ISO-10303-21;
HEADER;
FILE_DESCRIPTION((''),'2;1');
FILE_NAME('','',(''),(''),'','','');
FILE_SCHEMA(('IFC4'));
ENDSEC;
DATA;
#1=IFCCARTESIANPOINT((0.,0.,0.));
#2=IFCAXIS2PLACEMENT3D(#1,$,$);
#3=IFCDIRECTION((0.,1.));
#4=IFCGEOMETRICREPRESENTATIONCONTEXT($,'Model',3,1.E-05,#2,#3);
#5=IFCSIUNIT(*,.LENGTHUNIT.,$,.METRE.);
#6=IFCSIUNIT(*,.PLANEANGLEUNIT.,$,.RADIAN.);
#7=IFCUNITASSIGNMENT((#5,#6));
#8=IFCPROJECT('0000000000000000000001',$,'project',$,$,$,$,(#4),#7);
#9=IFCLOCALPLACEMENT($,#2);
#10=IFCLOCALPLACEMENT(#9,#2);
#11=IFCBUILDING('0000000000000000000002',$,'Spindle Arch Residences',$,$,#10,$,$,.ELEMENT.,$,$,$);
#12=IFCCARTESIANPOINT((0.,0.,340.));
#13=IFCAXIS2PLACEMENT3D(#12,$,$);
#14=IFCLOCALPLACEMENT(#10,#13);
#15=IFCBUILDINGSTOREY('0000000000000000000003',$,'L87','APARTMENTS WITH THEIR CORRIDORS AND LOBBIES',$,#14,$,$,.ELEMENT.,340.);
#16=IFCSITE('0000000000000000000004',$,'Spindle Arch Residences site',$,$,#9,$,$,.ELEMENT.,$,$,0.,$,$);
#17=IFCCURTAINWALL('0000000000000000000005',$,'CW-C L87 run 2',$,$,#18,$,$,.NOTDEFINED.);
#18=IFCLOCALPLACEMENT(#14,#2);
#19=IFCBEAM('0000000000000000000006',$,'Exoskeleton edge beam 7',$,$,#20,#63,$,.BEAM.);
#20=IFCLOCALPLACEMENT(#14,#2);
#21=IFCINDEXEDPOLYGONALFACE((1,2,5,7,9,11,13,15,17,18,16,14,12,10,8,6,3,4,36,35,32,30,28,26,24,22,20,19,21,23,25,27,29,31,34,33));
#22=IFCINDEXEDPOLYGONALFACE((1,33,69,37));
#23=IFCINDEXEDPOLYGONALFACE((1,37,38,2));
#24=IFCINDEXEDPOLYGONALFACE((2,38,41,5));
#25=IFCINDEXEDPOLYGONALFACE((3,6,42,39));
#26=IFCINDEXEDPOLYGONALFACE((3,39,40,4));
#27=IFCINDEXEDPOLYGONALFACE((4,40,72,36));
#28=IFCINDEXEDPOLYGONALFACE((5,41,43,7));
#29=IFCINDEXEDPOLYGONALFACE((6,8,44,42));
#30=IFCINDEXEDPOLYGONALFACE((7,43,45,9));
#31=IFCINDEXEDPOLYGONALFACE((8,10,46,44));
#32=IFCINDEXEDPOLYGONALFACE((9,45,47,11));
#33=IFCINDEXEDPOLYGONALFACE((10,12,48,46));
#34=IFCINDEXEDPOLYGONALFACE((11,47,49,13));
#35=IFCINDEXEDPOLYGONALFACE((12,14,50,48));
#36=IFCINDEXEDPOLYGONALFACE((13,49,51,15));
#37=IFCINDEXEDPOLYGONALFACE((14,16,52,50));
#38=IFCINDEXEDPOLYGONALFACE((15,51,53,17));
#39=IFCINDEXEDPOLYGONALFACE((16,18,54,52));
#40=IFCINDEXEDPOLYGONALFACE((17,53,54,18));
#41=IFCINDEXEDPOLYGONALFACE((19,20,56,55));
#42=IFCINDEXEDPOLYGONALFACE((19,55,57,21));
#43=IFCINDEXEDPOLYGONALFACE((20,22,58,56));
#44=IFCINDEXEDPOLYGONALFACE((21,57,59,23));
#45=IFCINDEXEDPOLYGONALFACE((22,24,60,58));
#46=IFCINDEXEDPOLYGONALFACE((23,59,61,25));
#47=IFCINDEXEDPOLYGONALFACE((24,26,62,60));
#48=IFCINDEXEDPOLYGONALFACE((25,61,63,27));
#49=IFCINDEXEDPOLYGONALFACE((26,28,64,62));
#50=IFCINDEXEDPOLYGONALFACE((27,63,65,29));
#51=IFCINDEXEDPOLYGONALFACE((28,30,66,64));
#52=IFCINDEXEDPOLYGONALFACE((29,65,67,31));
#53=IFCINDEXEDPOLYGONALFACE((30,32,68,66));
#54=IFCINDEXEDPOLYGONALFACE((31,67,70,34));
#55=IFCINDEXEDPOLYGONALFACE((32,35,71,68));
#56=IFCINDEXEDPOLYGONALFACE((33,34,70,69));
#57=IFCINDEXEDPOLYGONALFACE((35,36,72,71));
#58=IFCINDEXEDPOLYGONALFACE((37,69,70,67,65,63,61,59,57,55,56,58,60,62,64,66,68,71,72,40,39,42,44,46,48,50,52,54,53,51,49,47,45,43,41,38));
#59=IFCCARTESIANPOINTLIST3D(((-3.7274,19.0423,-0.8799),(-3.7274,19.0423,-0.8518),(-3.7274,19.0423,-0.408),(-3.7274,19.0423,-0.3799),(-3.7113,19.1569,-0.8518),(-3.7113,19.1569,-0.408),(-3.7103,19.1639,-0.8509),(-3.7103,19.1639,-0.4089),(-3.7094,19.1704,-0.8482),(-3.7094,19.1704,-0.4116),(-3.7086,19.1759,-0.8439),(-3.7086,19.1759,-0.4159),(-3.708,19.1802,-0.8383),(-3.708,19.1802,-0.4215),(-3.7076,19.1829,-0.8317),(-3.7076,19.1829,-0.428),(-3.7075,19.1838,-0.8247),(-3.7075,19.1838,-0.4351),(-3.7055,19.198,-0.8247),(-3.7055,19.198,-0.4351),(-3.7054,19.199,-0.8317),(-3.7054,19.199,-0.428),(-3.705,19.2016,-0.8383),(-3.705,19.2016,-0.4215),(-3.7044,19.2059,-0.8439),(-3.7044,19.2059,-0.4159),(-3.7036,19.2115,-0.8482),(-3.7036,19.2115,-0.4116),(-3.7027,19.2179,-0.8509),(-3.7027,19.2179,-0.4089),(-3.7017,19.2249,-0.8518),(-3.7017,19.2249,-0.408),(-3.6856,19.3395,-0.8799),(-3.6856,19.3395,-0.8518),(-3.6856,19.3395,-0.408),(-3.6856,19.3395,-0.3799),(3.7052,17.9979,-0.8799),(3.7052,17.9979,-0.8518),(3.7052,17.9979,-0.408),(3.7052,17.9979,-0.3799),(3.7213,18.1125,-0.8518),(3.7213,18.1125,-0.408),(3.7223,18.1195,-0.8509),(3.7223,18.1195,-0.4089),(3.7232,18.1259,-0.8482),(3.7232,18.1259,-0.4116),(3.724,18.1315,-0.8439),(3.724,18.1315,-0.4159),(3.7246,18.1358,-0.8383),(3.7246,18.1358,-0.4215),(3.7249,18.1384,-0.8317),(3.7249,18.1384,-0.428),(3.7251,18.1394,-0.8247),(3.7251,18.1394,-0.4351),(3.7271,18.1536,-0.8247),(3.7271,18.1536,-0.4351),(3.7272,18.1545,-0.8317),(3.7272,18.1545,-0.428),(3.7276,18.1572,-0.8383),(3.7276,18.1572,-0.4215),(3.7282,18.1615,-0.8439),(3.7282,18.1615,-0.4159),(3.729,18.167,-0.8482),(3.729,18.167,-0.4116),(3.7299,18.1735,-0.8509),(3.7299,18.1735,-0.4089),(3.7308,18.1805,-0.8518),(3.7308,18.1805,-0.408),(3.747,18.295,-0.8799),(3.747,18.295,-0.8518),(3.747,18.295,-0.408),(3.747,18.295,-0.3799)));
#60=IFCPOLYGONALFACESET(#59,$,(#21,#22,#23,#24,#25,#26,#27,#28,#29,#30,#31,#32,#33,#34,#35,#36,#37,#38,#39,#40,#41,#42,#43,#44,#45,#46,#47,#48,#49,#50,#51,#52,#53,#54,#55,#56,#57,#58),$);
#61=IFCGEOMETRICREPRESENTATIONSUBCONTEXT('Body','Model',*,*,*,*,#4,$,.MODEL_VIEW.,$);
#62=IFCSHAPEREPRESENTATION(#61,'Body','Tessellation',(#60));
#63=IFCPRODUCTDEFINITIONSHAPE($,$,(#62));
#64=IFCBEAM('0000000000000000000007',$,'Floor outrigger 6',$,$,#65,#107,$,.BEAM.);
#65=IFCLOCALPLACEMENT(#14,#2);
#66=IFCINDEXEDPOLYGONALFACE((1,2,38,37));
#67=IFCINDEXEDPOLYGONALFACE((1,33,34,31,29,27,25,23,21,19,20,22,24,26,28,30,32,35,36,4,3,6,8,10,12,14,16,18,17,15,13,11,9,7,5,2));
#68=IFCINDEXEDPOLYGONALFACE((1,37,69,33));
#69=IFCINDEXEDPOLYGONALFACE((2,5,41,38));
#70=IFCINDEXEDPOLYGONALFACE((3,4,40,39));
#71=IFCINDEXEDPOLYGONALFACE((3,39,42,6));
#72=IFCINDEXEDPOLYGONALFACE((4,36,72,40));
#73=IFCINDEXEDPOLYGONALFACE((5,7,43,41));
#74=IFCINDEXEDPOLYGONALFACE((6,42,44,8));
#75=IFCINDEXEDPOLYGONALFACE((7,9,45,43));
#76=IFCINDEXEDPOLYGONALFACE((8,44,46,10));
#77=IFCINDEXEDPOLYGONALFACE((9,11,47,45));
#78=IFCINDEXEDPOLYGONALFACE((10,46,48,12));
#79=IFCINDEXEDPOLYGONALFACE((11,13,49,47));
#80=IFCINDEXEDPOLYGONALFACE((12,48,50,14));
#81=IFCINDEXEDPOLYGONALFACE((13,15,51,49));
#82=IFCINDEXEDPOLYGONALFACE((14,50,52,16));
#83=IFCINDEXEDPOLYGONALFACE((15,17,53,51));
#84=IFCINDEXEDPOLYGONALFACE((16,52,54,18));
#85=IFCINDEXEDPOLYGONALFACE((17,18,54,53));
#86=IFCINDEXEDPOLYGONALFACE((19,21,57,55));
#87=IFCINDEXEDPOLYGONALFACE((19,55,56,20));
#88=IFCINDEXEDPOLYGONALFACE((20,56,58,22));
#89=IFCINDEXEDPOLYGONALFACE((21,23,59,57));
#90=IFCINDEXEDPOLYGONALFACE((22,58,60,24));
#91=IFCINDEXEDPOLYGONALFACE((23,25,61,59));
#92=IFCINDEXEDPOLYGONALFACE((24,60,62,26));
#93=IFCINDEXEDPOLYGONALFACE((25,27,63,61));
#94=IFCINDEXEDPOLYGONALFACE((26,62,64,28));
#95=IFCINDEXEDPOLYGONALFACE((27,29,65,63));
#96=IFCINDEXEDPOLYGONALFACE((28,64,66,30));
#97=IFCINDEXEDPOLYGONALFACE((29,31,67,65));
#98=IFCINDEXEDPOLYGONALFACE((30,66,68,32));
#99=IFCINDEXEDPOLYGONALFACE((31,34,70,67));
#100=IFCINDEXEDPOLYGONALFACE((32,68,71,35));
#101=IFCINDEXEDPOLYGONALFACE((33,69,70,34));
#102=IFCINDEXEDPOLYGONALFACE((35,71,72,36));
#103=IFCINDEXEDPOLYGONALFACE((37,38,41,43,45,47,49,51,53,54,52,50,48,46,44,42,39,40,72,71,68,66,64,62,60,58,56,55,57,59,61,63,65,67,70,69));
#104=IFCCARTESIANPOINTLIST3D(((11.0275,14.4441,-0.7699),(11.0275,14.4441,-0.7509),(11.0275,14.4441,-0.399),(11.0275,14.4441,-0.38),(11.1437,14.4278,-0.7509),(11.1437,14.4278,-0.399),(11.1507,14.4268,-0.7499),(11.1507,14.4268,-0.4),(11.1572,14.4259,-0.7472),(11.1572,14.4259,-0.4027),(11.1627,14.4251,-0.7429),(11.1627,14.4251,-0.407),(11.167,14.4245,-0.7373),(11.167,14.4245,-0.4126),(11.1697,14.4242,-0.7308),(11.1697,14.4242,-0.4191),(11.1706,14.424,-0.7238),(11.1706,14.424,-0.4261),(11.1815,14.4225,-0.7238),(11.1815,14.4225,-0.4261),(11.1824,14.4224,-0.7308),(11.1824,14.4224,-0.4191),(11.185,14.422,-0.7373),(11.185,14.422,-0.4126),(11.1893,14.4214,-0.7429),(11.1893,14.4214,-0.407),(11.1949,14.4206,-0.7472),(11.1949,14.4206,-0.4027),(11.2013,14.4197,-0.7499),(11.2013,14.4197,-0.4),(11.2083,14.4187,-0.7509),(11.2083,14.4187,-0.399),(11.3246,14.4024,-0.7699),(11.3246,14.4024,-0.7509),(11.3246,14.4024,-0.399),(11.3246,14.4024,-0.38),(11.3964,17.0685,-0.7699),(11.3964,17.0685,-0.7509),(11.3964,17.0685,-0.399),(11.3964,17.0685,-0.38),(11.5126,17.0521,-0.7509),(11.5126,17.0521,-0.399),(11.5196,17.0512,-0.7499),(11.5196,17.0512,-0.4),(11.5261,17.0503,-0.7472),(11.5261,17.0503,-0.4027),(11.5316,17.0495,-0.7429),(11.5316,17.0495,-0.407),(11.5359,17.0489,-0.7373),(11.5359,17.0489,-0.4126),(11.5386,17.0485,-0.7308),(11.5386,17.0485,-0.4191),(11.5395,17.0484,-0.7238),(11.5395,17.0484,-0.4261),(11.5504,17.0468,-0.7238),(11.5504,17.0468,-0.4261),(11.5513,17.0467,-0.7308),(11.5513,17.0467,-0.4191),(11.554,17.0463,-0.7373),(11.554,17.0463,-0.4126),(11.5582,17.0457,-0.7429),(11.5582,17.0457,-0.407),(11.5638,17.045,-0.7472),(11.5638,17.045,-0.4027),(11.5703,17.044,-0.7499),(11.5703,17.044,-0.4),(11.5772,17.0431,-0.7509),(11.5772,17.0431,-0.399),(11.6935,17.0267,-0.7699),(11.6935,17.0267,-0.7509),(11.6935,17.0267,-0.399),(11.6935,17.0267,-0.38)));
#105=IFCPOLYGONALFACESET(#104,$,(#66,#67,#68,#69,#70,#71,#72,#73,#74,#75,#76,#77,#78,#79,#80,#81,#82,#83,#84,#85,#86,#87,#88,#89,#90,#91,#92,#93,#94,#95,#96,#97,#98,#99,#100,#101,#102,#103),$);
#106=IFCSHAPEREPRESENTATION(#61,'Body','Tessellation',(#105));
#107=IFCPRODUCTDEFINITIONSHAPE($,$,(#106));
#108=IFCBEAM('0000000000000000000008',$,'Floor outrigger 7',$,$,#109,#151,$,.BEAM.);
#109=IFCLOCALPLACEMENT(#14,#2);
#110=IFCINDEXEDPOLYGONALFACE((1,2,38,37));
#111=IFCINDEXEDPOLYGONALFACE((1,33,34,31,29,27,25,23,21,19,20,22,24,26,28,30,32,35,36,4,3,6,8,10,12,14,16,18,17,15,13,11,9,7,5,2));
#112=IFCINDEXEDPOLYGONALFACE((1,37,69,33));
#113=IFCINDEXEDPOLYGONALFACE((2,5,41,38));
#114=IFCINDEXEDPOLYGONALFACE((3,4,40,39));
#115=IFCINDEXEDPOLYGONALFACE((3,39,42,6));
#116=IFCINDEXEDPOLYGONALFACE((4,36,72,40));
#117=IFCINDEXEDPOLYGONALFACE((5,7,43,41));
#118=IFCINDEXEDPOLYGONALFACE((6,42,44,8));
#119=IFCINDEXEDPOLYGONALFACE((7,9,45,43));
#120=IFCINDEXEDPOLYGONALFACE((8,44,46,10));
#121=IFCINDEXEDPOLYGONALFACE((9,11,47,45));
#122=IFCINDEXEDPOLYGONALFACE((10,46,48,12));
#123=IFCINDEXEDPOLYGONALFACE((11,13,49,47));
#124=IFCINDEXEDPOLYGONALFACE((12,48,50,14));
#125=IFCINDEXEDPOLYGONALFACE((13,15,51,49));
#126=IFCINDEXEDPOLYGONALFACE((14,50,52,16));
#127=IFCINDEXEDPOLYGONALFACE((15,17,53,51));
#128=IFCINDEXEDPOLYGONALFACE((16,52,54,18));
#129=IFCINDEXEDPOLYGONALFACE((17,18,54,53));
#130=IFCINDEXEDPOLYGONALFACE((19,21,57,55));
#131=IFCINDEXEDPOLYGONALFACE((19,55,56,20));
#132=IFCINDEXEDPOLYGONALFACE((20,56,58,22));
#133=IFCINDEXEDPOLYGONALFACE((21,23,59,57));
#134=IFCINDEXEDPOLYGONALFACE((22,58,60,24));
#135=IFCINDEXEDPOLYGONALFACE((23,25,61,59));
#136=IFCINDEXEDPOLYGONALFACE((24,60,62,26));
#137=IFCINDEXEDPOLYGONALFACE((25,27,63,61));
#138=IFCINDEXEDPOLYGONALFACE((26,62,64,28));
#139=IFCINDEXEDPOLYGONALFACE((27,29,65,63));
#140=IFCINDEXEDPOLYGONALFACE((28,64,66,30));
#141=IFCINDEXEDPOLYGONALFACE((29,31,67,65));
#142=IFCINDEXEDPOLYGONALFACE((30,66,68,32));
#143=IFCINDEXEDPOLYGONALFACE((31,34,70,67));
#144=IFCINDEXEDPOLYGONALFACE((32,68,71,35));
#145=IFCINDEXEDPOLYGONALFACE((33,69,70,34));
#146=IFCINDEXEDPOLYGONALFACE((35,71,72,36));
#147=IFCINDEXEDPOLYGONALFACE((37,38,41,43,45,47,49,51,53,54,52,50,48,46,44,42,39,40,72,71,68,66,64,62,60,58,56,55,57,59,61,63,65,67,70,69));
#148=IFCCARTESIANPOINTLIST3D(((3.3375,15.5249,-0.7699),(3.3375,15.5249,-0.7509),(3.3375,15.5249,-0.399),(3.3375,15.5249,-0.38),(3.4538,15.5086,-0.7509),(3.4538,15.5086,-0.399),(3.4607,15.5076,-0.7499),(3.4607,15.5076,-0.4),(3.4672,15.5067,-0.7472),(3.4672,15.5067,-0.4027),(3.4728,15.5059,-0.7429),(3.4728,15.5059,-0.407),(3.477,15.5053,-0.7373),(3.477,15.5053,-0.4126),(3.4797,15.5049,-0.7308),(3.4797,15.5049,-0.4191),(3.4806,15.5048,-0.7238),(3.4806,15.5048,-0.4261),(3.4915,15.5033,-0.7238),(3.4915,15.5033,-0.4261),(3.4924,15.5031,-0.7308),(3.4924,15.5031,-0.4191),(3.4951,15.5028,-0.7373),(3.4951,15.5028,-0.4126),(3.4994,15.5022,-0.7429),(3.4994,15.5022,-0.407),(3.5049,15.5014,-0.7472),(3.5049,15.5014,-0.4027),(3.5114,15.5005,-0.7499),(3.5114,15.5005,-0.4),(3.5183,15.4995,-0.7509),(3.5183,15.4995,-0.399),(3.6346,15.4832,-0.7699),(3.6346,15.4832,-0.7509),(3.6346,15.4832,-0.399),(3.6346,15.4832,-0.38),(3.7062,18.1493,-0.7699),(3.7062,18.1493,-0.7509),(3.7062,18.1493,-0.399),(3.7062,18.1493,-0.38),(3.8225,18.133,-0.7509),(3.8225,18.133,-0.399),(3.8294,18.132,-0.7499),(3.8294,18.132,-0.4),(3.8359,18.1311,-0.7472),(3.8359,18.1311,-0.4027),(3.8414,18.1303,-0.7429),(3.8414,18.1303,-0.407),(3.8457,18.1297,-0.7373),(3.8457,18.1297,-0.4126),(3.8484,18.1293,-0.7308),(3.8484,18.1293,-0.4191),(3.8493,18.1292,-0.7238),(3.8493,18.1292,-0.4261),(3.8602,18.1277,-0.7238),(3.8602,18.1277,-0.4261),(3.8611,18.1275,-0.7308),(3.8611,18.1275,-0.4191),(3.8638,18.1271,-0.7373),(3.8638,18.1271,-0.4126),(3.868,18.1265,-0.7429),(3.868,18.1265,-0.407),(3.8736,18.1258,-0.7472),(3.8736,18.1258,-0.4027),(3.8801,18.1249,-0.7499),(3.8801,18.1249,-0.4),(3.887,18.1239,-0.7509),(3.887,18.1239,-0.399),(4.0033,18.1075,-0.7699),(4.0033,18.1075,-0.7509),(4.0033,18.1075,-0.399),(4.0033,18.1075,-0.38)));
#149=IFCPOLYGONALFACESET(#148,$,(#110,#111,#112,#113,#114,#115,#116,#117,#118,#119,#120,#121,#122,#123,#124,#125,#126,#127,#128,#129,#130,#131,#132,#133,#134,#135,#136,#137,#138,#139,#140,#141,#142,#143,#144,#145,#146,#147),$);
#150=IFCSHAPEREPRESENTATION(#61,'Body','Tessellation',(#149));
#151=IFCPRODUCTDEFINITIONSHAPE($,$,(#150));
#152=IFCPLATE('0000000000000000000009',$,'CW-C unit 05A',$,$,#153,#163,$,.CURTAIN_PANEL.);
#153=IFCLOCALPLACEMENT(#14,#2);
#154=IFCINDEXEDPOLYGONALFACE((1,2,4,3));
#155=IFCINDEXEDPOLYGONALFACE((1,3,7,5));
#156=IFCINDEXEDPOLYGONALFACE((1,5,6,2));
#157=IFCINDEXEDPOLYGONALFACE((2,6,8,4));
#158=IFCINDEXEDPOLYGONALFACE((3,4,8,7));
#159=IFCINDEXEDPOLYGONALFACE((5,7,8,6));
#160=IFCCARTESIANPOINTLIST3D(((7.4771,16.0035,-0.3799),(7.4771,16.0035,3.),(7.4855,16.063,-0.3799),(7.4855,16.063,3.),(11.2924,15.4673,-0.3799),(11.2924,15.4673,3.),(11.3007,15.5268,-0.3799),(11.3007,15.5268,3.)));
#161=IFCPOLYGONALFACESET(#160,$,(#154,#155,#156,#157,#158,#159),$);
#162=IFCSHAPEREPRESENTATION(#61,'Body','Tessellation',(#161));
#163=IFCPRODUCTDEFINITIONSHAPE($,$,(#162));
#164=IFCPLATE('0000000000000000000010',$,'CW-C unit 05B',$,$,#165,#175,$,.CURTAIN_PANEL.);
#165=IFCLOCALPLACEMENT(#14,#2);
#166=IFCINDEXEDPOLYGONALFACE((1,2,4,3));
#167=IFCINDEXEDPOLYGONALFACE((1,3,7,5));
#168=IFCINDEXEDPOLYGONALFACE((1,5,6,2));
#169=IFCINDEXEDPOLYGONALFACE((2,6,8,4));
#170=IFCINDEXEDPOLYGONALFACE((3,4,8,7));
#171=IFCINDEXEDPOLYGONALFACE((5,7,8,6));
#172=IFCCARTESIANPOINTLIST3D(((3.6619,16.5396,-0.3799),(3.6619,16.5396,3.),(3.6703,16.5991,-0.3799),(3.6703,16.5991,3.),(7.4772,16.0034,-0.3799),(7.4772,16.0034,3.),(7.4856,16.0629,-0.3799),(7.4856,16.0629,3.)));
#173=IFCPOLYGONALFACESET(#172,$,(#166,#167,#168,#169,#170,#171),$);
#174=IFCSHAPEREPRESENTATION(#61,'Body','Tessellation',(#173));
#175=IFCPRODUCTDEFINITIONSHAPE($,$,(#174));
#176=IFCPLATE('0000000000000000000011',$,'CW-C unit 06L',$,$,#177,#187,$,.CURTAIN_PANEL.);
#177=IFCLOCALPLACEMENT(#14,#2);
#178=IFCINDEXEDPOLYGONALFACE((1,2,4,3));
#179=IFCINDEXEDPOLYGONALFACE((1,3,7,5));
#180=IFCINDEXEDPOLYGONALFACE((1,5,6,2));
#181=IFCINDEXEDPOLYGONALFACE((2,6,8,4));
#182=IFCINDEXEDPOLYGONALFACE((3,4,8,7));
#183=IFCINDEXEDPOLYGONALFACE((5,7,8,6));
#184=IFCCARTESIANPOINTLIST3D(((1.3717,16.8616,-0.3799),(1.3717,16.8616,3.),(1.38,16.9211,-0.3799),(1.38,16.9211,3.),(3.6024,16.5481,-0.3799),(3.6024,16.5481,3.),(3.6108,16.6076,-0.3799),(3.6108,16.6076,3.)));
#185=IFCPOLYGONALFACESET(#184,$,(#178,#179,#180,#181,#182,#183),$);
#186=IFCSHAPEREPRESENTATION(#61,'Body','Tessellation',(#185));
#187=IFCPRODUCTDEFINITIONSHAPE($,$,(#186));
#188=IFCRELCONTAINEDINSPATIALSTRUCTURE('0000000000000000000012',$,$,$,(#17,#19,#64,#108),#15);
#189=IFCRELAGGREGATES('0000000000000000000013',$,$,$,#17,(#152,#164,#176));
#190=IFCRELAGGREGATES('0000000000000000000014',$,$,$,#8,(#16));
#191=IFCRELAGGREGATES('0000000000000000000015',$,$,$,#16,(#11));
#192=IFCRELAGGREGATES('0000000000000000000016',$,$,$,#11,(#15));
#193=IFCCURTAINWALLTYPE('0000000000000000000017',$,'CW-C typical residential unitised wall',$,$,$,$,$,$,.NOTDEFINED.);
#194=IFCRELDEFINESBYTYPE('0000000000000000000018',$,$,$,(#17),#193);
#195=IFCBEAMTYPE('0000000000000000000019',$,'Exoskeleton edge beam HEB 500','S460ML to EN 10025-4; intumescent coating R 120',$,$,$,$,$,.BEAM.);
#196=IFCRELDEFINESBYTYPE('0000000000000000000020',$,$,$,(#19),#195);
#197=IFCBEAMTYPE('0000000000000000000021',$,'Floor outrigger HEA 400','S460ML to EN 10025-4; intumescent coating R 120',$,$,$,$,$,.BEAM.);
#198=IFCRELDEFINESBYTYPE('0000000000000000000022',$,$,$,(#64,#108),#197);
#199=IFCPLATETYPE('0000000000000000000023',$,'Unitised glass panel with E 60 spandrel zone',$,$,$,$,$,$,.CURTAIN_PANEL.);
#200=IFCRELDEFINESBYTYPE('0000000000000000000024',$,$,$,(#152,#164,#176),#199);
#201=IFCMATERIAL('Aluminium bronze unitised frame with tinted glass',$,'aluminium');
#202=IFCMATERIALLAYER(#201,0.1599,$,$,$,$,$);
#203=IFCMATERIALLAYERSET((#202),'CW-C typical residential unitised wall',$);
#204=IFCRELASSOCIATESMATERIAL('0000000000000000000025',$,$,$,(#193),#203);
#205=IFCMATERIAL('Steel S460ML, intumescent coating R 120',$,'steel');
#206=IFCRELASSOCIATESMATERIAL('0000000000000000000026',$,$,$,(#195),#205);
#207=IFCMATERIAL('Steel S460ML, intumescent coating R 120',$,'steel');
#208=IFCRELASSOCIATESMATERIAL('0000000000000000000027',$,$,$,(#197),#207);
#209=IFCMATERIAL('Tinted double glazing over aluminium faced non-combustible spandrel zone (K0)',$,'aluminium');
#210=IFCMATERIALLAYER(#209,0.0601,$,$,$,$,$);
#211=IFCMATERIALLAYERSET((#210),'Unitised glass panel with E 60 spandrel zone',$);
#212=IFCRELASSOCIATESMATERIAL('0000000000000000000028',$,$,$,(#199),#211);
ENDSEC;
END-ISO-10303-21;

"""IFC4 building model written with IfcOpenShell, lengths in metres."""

from ifc_helpers import new_model, si_unit, direction, frame, origin, origin_2d, place, context, subcontext, project, spatial, rectangle, i_section, extrude, material, layer, layer_set, material_profile, profile_set, type_object, element, aggregate, save


model = new_model("IFC4")

# Units and contexts
model_context = context("Model", 3, precision=1e-05, world=origin(), true_north=direction((0.0, 1.0)))
body_context = subcontext(model_context, "Body", "Model", "MODEL_VIEW")
ifc_project = project(units=[si_unit("LENGTHUNIT", "METRE"), si_unit("PLANEANGLEUNIT", "RADIAN")], contexts=[model_context])

# Site, building, storey
site_placement = place(None, origin())
site = spatial("IfcSite", under=ifc_project, at=site_placement, Name="Spindle Arch Residences site", CompositionType="ELEMENT", RefElevation=0.0)
building_placement = place(site_placement, origin())
building = spatial("IfcBuilding", under=site, at=building_placement, Name="Spindle Arch Residences", CompositionType="ELEMENT")
storey_placement = place(building_placement, frame((0.0, 0.0, 340.0)))
storey = spatial("IfcBuildingStorey", under=building, at=storey_placement, Name="L87", Description="APARTMENTS WITH THEIR CORRIDORS AND LOBBIES", CompositionType="ELEMENT", Elevation=340.0)

# Curtain wall
ifc_material_1 = material(Name="Aluminium bronze unitised frame with tinted glass", Category="aluminium")
ifc_layer_1 = layer(ifc_material_1, 0.1599)
ifc_layer_set_1 = layer_set([ifc_layer_1], Name="CW-C typical residential unitised wall")
curtain_wall_type = type_object("IfcCurtainWallType", Name="CW-C typical residential unitised wall", PredefinedType="NOTDEFINED", material=ifc_layer_set_1)
curtain_wall_placement = place(storey_placement, origin())
curtain_wall = element("IfcCurtainWall", 1, at=curtain_wall_placement, inside=storey, type_object=curtain_wall_type, Name="CW-C L87 run 2", PredefinedType="NOTDEFINED")

# Beams
ifc_material_2 = material(Name="Steel S460ML, intumescent coating R 120", Category="steel")
ifc_material_profile_1 = material_profile(ifc_material_2, i_section(OverallWidth=0.3, OverallDepth=0.5, WebThickness=0.0144, FlangeThickness=0.0281, FilletRadius=0.0271, at=origin_2d()), Name="HEB 500")
ifc_profile_set_1 = profile_set([ifc_material_profile_1], Name="Steel S460ML, intumescent coating R 120")
beam_type_1 = type_object("IfcBeamType", Name="Exoskeleton edge beam HEB 500", Description="S460ML to EN 10025-4; intumescent coating R 120", PredefinedType="BEAM", material=ifc_profile_set_1)
for number, where, z_axis, x_axis, name in (
    (2, (3.7261, 18.1465, -0.6299), (-0.990271, 0.139153, 0.0), (-0.139153, -0.990271, 0.0), "Exoskeleton edge beam 7"),
):
    element("IfcBeam", number, at=place(storey_placement, frame(where, z_axis=z_axis, x_axis=x_axis)), inside=storey, type_object=beam_type_1, Name=name, PredefinedType="BEAM", context=body_context, shape_type="SweptSolid", body=[
        extrude(i_section(OverallWidth=0.3, OverallDepth=0.5, WebThickness=0.0144, FlangeThickness=0.0281, FilletRadius=0.0271, at=origin_2d()), origin(), (0.0, 0.0, 1.0), 7.5056),
    ])
ifc_material_3 = material(Name="Steel S460ML, intumescent coating R 120", Category="steel")
ifc_material_profile_2 = material_profile(ifc_material_3, i_section(OverallWidth=0.3, OverallDepth=0.3899, WebThickness=0.011, FlangeThickness=0.019, FilletRadius=0.0271, at=origin_2d()), Name="HEA 400")
ifc_profile_set_2 = profile_set([ifc_material_profile_2], Name="Steel S460ML, intumescent coating R 120")
beam_type_2 = type_object("IfcBeamType", Name="Floor outrigger HEA 400", Description="S460ML to EN 10025-4; intumescent coating R 120", PredefinedType="BEAM", material=ifc_profile_set_2)
for number, where, z_axis, x_axis, name in (
    (3, (11.5449, 17.0476, -0.575), (-0.139203, -0.990264, 0.0), (0.990264, -0.139203, 0.0), "Floor outrigger 6"),
    (4, (3.8547, 18.1284, -0.575), (-0.139112, -0.990277, 0.0), (0.990277, -0.139112, 0.0), "Floor outrigger 7"),
):
    element("IfcBeam", number, at=place(storey_placement, frame(where, z_axis=z_axis, x_axis=x_axis)), inside=storey, type_object=beam_type_2, Name=name, PredefinedType="BEAM", context=body_context, shape_type="SweptSolid", body=[
        extrude(i_section(OverallWidth=0.3, OverallDepth=0.3899, WebThickness=0.011, FlangeThickness=0.019, FilletRadius=0.0271, at=origin_2d()), origin(), (0.0, 0.0, 1.0), 2.6501),
    ])

# Plates
ifc_material_4 = material(Name="Tinted double glazing over aluminium faced non-combustible spandrel zone (K0)", Category="aluminium")
ifc_layer_2 = layer(ifc_material_4, 0.0601)
ifc_layer_set_2 = layer_set([ifc_layer_2], Name="Unitised glass panel with E 60 spandrel zone")
plate_type = type_object("IfcPlateType", Name="Unitised glass panel with E 60 spandrel zone", PredefinedType="CURTAIN_PANEL", material=ifc_layer_set_2)
plate_1_placement = place(storey_placement, frame((9.3889, 15.7651, -0.3799), z_axis=(0.0, 0.0, 1.0), x_axis=(-0.990268, 0.139173, 0.0)))
plate_1 = element("IfcPlate", 5, at=plate_1_placement, type_object=plate_type, Name="CW-C unit 05A", PredefinedType="CURTAIN_PANEL", context=body_context, shape_type="SweptSolid", body=[
    extrude(rectangle(XDim=3.8528, YDim=0.0601, at=origin_2d()), origin(), (0.0, 0.0, 1.0), 3.3799),
])
plate_2_placement = place(storey_placement, frame((5.5737, 16.3013, -0.3799), z_axis=(0.0, 0.0, 1.0), x_axis=(-0.990268, 0.139173, 0.0)))
plate_2 = element("IfcPlate", 6, at=plate_2_placement, type_object=plate_type, Name="CW-C unit 05B", PredefinedType="CURTAIN_PANEL", context=body_context, shape_type="SweptSolid", body=[
    extrude(rectangle(XDim=3.8528, YDim=0.0601, at=origin_2d()), origin(), (0.0, 0.0, 1.0), 3.3799),
])
plate_3_placement = place(storey_placement, frame((2.4912, 16.7346, -0.3799), z_axis=(0.0, 0.0, 1.0), x_axis=(-0.990268, 0.139173, 0.0)))
plate_3 = element("IfcPlate", 7, at=plate_3_placement, type_object=plate_type, Name="CW-C unit 06L", PredefinedType="CURTAIN_PANEL", context=body_context, shape_type="SweptSolid", body=[
    extrude(rectangle(XDim=2.2527, YDim=0.0601, at=origin_2d()), origin(), (0.0, 0.0, 1.0), 3.3799),
])
aggregate(curtain_wall, [plate_1, plate_2, plate_3])

save(model, "model.ifc")
